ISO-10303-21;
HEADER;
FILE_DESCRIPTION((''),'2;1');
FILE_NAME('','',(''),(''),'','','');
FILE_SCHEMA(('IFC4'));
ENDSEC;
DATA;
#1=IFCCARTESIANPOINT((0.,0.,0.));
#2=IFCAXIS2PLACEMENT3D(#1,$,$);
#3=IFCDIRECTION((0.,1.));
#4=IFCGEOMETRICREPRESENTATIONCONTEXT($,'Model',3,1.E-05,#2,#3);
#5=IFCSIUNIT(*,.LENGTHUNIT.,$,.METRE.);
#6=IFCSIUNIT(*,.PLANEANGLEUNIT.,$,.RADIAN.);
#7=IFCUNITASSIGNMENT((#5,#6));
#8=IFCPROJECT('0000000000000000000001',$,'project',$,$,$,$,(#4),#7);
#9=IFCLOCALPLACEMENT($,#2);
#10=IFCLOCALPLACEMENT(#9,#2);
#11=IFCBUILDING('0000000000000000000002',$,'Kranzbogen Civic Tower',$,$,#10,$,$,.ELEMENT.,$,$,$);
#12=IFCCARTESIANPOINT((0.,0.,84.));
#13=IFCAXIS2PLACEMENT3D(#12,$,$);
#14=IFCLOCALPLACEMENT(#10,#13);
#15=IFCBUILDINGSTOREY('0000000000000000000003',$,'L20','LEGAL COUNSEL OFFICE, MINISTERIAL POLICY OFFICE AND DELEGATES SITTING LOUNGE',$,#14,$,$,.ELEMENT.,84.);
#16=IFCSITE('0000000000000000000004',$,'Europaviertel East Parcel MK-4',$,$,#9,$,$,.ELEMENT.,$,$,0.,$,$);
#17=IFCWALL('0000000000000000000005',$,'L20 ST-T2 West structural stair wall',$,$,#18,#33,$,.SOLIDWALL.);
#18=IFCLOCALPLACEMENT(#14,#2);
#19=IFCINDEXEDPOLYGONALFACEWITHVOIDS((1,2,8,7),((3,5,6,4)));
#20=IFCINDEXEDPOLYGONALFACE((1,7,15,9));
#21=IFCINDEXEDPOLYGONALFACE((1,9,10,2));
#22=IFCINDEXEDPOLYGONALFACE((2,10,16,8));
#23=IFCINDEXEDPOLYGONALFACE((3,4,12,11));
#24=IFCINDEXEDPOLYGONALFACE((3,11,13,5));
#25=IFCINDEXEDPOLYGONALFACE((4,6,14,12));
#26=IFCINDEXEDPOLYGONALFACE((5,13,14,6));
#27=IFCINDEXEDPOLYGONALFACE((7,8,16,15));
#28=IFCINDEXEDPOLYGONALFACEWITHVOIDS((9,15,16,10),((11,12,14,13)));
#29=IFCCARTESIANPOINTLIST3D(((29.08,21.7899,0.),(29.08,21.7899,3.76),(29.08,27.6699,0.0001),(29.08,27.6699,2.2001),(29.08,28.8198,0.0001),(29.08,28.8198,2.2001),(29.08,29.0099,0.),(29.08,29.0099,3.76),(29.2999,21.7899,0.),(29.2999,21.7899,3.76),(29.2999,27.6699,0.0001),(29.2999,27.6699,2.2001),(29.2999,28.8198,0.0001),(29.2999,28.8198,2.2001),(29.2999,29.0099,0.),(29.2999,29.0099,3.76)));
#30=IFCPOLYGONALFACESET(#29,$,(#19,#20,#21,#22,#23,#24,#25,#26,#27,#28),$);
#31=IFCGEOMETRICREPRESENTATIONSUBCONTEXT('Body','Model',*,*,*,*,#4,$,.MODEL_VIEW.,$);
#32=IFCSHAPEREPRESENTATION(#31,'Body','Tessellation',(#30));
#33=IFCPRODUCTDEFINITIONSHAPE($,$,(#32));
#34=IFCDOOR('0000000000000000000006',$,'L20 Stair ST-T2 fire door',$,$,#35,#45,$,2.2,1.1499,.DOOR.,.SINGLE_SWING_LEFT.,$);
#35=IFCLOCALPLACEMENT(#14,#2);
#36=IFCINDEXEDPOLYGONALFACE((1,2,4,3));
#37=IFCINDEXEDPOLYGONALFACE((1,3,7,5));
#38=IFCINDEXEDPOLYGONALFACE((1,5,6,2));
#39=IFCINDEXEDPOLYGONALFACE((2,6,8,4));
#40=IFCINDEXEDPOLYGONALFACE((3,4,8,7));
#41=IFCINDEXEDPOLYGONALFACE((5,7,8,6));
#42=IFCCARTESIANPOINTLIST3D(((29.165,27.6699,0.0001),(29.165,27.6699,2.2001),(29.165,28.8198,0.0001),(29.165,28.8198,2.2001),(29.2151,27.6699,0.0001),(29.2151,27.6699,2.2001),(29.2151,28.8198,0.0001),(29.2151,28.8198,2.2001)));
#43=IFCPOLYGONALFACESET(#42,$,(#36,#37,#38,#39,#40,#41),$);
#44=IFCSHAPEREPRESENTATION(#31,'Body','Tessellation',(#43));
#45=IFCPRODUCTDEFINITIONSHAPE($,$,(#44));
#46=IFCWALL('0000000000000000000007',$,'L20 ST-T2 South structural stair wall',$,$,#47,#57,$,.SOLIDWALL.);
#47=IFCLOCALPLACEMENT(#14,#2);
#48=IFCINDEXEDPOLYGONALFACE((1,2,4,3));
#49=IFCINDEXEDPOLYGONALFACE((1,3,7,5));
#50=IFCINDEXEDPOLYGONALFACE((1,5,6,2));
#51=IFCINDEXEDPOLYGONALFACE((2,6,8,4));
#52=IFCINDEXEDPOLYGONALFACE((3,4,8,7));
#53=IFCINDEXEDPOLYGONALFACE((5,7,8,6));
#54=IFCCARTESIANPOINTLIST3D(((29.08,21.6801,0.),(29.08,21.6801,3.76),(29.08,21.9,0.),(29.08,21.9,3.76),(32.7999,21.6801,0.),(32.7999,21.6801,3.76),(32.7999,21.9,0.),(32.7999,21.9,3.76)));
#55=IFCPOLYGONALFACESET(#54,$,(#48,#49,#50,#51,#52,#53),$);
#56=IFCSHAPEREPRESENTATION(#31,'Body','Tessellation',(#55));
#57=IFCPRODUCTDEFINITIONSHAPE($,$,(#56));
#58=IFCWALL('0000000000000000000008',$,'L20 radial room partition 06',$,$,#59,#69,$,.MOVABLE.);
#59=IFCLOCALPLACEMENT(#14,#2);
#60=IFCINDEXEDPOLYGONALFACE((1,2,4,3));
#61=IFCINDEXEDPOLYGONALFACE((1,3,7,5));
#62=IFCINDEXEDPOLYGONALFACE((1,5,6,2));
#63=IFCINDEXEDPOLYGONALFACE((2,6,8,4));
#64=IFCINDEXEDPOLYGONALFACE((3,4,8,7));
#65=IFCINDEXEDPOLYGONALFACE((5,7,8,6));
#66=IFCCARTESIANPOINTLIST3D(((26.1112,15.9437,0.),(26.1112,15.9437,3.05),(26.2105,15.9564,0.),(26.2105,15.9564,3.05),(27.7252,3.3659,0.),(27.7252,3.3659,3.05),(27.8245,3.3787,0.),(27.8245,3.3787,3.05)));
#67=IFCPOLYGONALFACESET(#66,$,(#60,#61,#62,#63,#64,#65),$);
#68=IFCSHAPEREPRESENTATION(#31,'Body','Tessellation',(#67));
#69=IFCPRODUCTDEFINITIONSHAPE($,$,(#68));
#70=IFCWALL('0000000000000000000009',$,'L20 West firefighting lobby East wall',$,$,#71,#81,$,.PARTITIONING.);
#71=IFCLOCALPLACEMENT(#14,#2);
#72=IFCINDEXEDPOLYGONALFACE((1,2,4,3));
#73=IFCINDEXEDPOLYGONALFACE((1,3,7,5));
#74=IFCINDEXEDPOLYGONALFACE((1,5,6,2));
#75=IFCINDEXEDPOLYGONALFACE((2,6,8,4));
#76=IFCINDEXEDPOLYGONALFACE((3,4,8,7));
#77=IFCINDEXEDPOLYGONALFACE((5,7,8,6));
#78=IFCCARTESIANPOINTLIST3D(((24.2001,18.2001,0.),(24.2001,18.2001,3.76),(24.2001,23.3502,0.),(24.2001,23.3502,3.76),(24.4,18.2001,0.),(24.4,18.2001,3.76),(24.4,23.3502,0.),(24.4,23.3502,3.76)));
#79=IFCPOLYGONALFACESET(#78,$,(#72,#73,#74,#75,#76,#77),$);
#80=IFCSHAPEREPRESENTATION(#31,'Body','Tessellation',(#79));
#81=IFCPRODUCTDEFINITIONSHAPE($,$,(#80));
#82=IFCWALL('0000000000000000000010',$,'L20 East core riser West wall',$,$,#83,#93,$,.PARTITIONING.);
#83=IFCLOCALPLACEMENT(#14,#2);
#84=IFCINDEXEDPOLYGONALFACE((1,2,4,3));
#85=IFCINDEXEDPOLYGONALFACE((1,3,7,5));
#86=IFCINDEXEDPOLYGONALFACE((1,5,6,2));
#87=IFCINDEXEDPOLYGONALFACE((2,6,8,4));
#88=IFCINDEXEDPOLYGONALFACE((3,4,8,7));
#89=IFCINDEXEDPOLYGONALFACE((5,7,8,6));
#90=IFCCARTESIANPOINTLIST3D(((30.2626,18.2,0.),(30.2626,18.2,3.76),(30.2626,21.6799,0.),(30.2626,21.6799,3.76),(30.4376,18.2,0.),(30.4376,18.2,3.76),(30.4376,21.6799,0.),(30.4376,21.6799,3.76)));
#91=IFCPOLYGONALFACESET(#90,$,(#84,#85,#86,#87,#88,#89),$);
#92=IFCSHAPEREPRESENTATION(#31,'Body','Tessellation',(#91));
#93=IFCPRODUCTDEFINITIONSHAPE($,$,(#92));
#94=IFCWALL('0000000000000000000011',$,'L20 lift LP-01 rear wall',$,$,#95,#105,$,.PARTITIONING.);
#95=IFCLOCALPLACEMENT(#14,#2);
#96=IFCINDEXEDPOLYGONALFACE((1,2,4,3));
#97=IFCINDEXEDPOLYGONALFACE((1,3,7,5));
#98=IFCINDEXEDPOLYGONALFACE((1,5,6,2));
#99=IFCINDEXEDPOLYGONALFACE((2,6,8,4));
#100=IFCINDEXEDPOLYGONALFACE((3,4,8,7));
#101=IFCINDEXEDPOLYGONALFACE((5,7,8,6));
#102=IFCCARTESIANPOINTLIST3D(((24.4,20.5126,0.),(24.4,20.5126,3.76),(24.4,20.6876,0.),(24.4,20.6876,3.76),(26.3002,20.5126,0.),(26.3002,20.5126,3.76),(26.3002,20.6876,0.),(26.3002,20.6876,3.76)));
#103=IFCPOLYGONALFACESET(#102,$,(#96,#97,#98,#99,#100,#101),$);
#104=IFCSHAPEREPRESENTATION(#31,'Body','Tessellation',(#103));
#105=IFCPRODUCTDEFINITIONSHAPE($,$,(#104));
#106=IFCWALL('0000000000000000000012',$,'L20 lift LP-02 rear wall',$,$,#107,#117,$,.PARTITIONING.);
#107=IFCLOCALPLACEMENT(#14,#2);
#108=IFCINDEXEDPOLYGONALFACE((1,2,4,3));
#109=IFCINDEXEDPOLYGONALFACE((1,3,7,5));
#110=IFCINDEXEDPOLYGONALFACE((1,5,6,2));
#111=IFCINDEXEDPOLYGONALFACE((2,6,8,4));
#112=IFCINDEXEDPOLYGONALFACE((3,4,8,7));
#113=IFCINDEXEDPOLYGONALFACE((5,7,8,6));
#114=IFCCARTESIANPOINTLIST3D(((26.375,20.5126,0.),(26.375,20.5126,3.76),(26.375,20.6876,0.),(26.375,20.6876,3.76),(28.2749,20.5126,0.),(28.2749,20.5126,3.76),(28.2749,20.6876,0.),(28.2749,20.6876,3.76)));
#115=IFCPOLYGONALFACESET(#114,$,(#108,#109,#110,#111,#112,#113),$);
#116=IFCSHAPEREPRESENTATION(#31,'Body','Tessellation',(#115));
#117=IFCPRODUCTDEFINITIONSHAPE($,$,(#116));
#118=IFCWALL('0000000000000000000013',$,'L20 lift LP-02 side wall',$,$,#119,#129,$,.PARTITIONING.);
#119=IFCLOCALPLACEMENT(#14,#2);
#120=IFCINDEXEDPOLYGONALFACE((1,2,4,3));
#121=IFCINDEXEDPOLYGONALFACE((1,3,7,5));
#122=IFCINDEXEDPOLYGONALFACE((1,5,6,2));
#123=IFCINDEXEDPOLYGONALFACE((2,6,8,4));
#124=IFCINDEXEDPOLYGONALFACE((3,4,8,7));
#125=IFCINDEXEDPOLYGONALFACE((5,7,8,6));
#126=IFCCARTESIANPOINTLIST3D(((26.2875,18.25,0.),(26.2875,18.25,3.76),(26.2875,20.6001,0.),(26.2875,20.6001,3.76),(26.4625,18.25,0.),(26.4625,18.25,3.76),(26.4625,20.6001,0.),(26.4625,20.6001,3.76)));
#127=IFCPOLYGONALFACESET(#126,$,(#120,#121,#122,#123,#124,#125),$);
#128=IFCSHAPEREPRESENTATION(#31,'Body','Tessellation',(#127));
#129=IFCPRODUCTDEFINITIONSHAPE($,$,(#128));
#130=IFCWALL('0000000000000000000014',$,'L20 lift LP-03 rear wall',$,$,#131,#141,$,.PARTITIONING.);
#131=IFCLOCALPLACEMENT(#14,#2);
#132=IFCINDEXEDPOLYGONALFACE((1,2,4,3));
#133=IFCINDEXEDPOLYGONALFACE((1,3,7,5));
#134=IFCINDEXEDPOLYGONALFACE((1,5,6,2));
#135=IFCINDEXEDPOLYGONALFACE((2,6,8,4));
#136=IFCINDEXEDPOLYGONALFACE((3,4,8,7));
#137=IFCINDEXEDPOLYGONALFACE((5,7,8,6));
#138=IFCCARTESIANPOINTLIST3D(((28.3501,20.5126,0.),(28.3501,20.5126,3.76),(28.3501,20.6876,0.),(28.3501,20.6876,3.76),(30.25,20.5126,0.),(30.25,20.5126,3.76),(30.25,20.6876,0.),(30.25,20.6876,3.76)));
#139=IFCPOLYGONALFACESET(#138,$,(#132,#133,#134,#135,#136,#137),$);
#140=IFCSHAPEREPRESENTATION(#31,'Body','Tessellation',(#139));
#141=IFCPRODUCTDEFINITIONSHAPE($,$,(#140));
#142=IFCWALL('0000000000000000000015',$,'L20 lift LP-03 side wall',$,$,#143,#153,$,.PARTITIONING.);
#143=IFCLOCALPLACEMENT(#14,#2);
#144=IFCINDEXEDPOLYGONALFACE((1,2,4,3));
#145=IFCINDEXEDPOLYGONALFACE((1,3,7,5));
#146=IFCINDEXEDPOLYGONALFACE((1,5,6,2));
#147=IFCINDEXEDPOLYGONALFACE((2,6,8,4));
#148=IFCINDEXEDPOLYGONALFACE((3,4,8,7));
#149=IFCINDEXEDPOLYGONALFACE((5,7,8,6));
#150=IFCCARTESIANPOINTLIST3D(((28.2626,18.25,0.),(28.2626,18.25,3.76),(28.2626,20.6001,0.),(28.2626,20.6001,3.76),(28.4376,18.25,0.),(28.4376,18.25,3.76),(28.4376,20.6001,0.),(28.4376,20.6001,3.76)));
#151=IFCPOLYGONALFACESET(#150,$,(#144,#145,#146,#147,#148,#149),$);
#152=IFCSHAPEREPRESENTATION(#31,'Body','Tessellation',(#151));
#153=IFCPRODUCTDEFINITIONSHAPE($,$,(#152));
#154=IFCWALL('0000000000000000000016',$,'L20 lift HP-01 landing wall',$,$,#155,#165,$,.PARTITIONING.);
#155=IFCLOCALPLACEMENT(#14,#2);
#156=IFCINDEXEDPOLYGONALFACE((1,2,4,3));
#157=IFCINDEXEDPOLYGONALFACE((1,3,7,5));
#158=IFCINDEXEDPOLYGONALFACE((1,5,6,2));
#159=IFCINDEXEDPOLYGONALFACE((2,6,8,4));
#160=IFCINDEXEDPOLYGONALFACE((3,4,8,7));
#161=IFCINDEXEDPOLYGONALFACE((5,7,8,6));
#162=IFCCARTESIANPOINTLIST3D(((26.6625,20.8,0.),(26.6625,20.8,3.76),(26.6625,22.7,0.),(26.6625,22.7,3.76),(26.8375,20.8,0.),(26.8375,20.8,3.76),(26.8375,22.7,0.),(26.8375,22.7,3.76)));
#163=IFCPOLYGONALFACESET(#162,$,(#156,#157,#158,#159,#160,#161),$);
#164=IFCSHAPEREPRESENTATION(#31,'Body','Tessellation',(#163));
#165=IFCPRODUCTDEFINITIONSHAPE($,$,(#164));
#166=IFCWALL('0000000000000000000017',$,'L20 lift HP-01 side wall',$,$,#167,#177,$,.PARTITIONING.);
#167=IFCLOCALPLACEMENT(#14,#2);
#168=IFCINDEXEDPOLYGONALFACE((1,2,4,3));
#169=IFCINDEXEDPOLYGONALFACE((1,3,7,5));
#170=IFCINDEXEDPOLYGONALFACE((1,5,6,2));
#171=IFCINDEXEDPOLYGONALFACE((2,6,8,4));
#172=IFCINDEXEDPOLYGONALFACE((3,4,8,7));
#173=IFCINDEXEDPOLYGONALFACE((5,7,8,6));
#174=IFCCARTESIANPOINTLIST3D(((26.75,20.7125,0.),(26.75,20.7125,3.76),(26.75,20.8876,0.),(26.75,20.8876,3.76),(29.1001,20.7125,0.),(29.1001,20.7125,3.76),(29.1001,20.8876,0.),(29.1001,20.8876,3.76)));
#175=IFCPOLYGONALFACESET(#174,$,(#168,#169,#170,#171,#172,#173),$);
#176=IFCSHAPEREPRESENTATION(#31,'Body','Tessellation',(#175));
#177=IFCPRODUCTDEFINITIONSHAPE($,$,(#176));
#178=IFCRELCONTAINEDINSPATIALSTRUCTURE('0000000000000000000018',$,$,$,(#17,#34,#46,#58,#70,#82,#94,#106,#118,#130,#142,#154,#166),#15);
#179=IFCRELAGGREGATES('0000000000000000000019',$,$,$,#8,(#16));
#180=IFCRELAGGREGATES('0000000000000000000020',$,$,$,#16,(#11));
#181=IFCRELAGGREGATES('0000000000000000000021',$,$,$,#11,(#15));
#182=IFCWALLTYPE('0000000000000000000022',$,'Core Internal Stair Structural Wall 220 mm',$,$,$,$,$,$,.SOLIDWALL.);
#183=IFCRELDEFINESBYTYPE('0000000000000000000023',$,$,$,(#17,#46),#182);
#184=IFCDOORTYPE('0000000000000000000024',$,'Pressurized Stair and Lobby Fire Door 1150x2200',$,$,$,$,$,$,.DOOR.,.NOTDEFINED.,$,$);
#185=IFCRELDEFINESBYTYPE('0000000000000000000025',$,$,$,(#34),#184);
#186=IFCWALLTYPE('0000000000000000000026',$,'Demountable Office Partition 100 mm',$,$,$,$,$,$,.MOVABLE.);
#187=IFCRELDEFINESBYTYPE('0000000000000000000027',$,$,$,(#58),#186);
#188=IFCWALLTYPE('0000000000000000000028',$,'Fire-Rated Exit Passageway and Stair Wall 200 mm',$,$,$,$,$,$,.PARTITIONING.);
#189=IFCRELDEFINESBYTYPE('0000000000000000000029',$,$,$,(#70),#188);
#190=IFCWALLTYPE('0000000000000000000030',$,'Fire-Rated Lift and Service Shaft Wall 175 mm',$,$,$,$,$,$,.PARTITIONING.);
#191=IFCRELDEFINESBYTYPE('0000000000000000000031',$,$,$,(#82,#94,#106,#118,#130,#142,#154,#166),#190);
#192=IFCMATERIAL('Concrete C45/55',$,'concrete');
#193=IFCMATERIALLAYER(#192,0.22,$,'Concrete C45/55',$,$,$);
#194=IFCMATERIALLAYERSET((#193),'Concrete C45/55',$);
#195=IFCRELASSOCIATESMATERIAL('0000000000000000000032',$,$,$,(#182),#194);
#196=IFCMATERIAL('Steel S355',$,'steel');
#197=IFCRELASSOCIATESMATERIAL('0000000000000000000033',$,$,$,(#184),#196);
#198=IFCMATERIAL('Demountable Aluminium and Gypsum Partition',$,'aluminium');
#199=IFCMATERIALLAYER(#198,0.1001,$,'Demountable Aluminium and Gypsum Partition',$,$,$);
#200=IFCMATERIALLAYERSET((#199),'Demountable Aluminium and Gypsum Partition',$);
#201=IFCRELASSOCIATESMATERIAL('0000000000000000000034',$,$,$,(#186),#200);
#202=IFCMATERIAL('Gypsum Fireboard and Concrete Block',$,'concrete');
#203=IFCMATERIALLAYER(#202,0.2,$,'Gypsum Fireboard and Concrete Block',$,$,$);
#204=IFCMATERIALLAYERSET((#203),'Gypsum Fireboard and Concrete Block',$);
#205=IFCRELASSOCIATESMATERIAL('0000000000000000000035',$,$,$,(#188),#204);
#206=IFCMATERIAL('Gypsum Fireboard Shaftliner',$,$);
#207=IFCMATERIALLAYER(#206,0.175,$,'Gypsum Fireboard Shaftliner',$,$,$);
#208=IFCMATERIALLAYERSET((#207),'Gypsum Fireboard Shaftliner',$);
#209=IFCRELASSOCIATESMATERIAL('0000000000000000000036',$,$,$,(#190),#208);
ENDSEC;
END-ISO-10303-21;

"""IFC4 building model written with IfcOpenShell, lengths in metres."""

from ifc_helpers import new_model, si_unit, direction, frame, frame_2d, origin, place, context, subcontext, project, spatial, rectangle, extrude, material, layer, layer_set, type_object, element, fill, save


model = new_model("IFC4")

# Units and contexts
model_context = context("Model", 3, precision=1e-05, world=origin(), true_north=direction((0.0, 1.0)))
body_context = subcontext(model_context, "Body", "Model", "MODEL_VIEW")
ifc_project = project(units=[si_unit("LENGTHUNIT", "METRE"), si_unit("PLANEANGLEUNIT", "RADIAN")], contexts=[model_context])

# Site, building, storey
site_placement = place(None, origin())
site = spatial("IfcSite", under=ifc_project, at=site_placement, Name="Europaviertel East Parcel MK-4", CompositionType="ELEMENT", RefElevation=0.0)
building_placement = place(site_placement, origin())
building = spatial("IfcBuilding", under=site, at=building_placement, Name="Kranzbogen Civic Tower", CompositionType="ELEMENT")
storey_placement = place(building_placement, frame((0.0, 0.0, 84.0)))
storey = spatial("IfcBuildingStorey", under=building, at=storey_placement, Name="L20", Description="LEGAL COUNSEL OFFICE, MINISTERIAL POLICY OFFICE AND DELEGATES SITTING LOUNGE", CompositionType="ELEMENT", Elevation=84.0)

# Shared definitions
ifc_material_1 = material(Name="Steel S355", Category="steel")

# Wall, opening, door
ifc_material_2 = material(Name="Concrete C45/55", Category="concrete")
ifc_layer_1 = layer(ifc_material_2, 0.22, Name="Concrete C45/55")
ifc_layer_set_1 = layer_set([ifc_layer_1], Name="Concrete C45/55")
wall_type_1 = type_object("IfcWallType", Name="Core Internal Stair Structural Wall 220 mm", PredefinedType="SOLIDWALL", material=ifc_layer_set_1)
wall_1_placement = place(storey_placement, frame((29.1899, 21.79, 0.0), z_axis=(0.0, 0.0, 1.0), x_axis=(0.0, 1.0, 0.0)))
wall_1 = element("IfcWall", 1, at=wall_1_placement, inside=storey, type_object=wall_type_1, Name="L20 ST-T2 West structural stair wall", PredefinedType="SOLIDWALL", context=body_context, shape_type="SweptSolid", body=[
    extrude(rectangle(XDim=7.22, YDim=0.22, at=frame_2d((3.6099, 0.0))), origin(), (0.0, 0.0, 1.0), 3.76),
])
opening_1_placement = place(wall_1_placement, frame((5.8799, 0.0, 0.0)))
opening_1 = element("IfcOpeningElement", 2, at=opening_1_placement, cuts=wall_1, PredefinedType="OPENING", context=body_context, shape_type="SweptSolid", body=[
    extrude(rectangle(XDim=1.1499, YDim=2.2, at=frame_2d((0.575, 1.1001))), frame((0.0, 0.1201, 0.0), z_axis=(0.0, -1.0, 0.0), x_axis=(1.0, 0.0, 0.0)), (0.0, 0.0, 1.0), 0.24),
])
door_type_1 = type_object("IfcDoorType", Name="Pressurized Stair and Lobby Fire Door 1150x2200", OperationType="NOTDEFINED", PredefinedType="DOOR", material=ifc_material_1)
door_1_placement = place(opening_1_placement, origin())
door_1 = element("IfcDoor", 3, at=door_1_placement, inside=storey, type_object=door_type_1, Name="L20 Stair ST-T2 fire door", OperationType="SINGLE_SWING_LEFT", OverallHeight=2.2, OverallWidth=1.1499, PredefinedType="DOOR", context=body_context, shape_type="SweptSolid", body=[
    extrude(rectangle(XDim=1.1499, YDim=2.2, at=frame_2d((0.575, 1.1001))), frame((0.0, 0.0249, 0.0), z_axis=(0.0, -1.0, 0.0), x_axis=(1.0, 0.0, 0.0)), (0.0, 0.0, 1.0), 0.05),
])
fill(opening_1, door_1)

# Walls
wall_2_placement = place(storey_placement, frame((29.0801, 21.79, 0.0), z_axis=(0.0, 0.0, 1.0), x_axis=(1.0, 0.0, 0.0)))
element("IfcWall", 4, at=wall_2_placement, inside=storey, type_object=wall_type_1, Name="L20 ST-T2 South structural stair wall", PredefinedType="SOLIDWALL", context=body_context, shape_type="SweptSolid", body=[
    extrude(rectangle(XDim=3.72, YDim=0.22, at=frame_2d((1.8599, 0.0))), origin(), (0.0, 0.0, 1.0), 3.76),
])
ifc_material_3 = material(Name="Demountable Aluminium and Gypsum Partition", Category="aluminium")
ifc_layer_2 = layer(ifc_material_3, 0.1001, Name="Demountable Aluminium and Gypsum Partition")
ifc_layer_set_2 = layer_set([ifc_layer_2], Name="Demountable Aluminium and Gypsum Partition")
wall_type_2 = type_object("IfcWallType", Name="Demountable Office Partition 100 mm", PredefinedType="MOVABLE", material=ifc_layer_set_2)
wall_3_placement = place(storey_placement, frame((26.1609, 15.95, 0.0), z_axis=(0.0, 0.0, 1.0), x_axis=(0.127278, -0.991867, 0.0)))
element("IfcWall", 5, at=wall_3_placement, inside=storey, type_object=wall_type_2, Name="L20 radial room partition 06", PredefinedType="MOVABLE", context=body_context, shape_type="SweptSolid", body=[
    extrude(rectangle(XDim=12.6809, YDim=0.1001, at=frame_2d((6.3403, 0.0))), origin(), (0.0, 0.0, 1.0), 3.05),
])
ifc_material_4 = material(Name="Gypsum Fireboard and Concrete Block", Category="concrete")
ifc_layer_3 = layer(ifc_material_4, 0.2, Name="Gypsum Fireboard and Concrete Block")
ifc_layer_set_3 = layer_set([ifc_layer_3], Name="Gypsum Fireboard and Concrete Block")
wall_type_3 = type_object("IfcWallType", Name="Fire-Rated Exit Passageway and Stair Wall 200 mm", PredefinedType="PARTITIONING", material=ifc_layer_set_3)
wall_4_placement = place(storey_placement, frame((24.3, 18.2, 0.0), z_axis=(0.0, 0.0, 1.0), x_axis=(0.0, 1.0, 0.0)))
element("IfcWall", 6, at=wall_4_placement, inside=storey, type_object=wall_type_3, Name="L20 West firefighting lobby East wall", PredefinedType="PARTITIONING", context=body_context, shape_type="SweptSolid", body=[
    extrude(rectangle(XDim=5.1501, YDim=0.2, at=frame_2d((2.5752, 0.0))), origin(), (0.0, 0.0, 1.0), 3.76),
])
ifc_material_5 = material(Name="Gypsum Fireboard Shaftliner")
ifc_layer_4 = layer(ifc_material_5, 0.175, Name="Gypsum Fireboard Shaftliner")
ifc_layer_set_4 = layer_set([ifc_layer_4], Name="Gypsum Fireboard Shaftliner")
wall_type_4 = type_object("IfcWallType", Name="Fire-Rated Lift and Service Shaft Wall 175 mm", PredefinedType="PARTITIONING", material=ifc_layer_set_4)
wall_5_placement = place(storey_placement, frame((30.3501, 18.2, 0.0), z_axis=(0.0, 0.0, 1.0), x_axis=(0.0, 1.0, 0.0)))
element("IfcWall", 7, at=wall_5_placement, inside=storey, type_object=wall_type_4, Name="L20 East core riser West wall", PredefinedType="PARTITIONING", context=body_context, shape_type="SweptSolid", body=[
    extrude(rectangle(XDim=3.48, YDim=0.175, at=frame_2d((1.74, 0.0))), origin(), (0.0, 0.0, 1.0), 3.76),
])
wall_6_placement = place(storey_placement, frame((24.3999, 20.6001, 0.0), z_axis=(0.0, 0.0, 1.0), x_axis=(1.0, 0.0, 0.0)))
element("IfcWall", 8, at=wall_6_placement, inside=storey, type_object=wall_type_4, Name="L20 lift LP-01 rear wall", PredefinedType="PARTITIONING", context=body_context, shape_type="SweptSolid", body=[
    extrude(rectangle(XDim=1.9001, YDim=0.175, at=frame_2d((0.9502, 0.0))), origin(), (0.0, 0.0, 1.0), 3.76),
])
wall_7_placement = place(storey_placement, frame((26.375, 20.6001, 0.0), z_axis=(0.0, 0.0, 1.0), x_axis=(1.0, 0.0, 0.0)))
element("IfcWall", 9, at=wall_7_placement, inside=storey, type_object=wall_type_4, Name="L20 lift LP-02 rear wall", PredefinedType="PARTITIONING", context=body_context, shape_type="SweptSolid", body=[
    extrude(rectangle(XDim=1.8999, YDim=0.175, at=frame_2d((0.95, 0.0))), origin(), (0.0, 0.0, 1.0), 3.76),
])
wall_8_placement = place(storey_placement, frame((26.375, 18.25, 0.0), z_axis=(0.0, 0.0, 1.0), x_axis=(0.0, 1.0, 0.0)))
element("IfcWall", 10, at=wall_8_placement, inside=storey, type_object=wall_type_4, Name="L20 lift LP-02 side wall", PredefinedType="PARTITIONING", context=body_context, shape_type="SweptSolid", body=[
    extrude(rectangle(XDim=2.3501, YDim=0.175, at=frame_2d((1.175, 0.0))), origin(), (0.0, 0.0, 1.0), 3.76),
])
wall_9_placement = place(storey_placement, frame((28.3501, 20.6001, 0.0), z_axis=(0.0, 0.0, 1.0), x_axis=(1.0, 0.0, 0.0)))
element("IfcWall", 11, at=wall_9_placement, inside=storey, type_object=wall_type_4, Name="L20 lift LP-03 rear wall", PredefinedType="PARTITIONING", context=body_context, shape_type="SweptSolid", body=[
    extrude(rectangle(XDim=1.8999, YDim=0.175, at=frame_2d((0.95, 0.0))), origin(), (0.0, 0.0, 1.0), 3.76),
])
wall_10_placement = place(storey_placement, frame((28.3501, 18.25, 0.0), z_axis=(0.0, 0.0, 1.0), x_axis=(0.0, 1.0, 0.0)))
element("IfcWall", 12, at=wall_10_placement, inside=storey, type_object=wall_type_4, Name="L20 lift LP-03 side wall", PredefinedType="PARTITIONING", context=body_context, shape_type="SweptSolid", body=[
    extrude(rectangle(XDim=2.3501, YDim=0.175, at=frame_2d((1.175, 0.0))), origin(), (0.0, 0.0, 1.0), 3.76),
])
wall_11_placement = place(storey_placement, frame((26.75, 20.8, 0.0), z_axis=(0.0, 0.0, 1.0), x_axis=(0.0, 1.0, 0.0)))
element("IfcWall", 13, at=wall_11_placement, inside=storey, type_object=wall_type_4, Name="L20 lift HP-01 landing wall", PredefinedType="PARTITIONING", context=body_context, shape_type="SweptSolid", body=[
    extrude(rectangle(XDim=1.8999, YDim=0.175, at=frame_2d((0.95, 0.0))), origin(), (0.0, 0.0, 1.0), 3.76),
])
wall_12_placement = place(storey_placement, frame((26.75, 20.8, 0.0), z_axis=(0.0, 0.0, 1.0), x_axis=(1.0, 0.0, 0.0)))
element("IfcWall", 14, at=wall_12_placement, inside=storey, type_object=wall_type_4, Name="L20 lift HP-01 side wall", PredefinedType="PARTITIONING", context=body_context, shape_type="SweptSolid", body=[
    extrude(rectangle(XDim=2.3501, YDim=0.175, at=frame_2d((1.175, 0.0))), origin(), (0.0, 0.0, 1.0), 3.76),
])

save(model, "model.ifc")
